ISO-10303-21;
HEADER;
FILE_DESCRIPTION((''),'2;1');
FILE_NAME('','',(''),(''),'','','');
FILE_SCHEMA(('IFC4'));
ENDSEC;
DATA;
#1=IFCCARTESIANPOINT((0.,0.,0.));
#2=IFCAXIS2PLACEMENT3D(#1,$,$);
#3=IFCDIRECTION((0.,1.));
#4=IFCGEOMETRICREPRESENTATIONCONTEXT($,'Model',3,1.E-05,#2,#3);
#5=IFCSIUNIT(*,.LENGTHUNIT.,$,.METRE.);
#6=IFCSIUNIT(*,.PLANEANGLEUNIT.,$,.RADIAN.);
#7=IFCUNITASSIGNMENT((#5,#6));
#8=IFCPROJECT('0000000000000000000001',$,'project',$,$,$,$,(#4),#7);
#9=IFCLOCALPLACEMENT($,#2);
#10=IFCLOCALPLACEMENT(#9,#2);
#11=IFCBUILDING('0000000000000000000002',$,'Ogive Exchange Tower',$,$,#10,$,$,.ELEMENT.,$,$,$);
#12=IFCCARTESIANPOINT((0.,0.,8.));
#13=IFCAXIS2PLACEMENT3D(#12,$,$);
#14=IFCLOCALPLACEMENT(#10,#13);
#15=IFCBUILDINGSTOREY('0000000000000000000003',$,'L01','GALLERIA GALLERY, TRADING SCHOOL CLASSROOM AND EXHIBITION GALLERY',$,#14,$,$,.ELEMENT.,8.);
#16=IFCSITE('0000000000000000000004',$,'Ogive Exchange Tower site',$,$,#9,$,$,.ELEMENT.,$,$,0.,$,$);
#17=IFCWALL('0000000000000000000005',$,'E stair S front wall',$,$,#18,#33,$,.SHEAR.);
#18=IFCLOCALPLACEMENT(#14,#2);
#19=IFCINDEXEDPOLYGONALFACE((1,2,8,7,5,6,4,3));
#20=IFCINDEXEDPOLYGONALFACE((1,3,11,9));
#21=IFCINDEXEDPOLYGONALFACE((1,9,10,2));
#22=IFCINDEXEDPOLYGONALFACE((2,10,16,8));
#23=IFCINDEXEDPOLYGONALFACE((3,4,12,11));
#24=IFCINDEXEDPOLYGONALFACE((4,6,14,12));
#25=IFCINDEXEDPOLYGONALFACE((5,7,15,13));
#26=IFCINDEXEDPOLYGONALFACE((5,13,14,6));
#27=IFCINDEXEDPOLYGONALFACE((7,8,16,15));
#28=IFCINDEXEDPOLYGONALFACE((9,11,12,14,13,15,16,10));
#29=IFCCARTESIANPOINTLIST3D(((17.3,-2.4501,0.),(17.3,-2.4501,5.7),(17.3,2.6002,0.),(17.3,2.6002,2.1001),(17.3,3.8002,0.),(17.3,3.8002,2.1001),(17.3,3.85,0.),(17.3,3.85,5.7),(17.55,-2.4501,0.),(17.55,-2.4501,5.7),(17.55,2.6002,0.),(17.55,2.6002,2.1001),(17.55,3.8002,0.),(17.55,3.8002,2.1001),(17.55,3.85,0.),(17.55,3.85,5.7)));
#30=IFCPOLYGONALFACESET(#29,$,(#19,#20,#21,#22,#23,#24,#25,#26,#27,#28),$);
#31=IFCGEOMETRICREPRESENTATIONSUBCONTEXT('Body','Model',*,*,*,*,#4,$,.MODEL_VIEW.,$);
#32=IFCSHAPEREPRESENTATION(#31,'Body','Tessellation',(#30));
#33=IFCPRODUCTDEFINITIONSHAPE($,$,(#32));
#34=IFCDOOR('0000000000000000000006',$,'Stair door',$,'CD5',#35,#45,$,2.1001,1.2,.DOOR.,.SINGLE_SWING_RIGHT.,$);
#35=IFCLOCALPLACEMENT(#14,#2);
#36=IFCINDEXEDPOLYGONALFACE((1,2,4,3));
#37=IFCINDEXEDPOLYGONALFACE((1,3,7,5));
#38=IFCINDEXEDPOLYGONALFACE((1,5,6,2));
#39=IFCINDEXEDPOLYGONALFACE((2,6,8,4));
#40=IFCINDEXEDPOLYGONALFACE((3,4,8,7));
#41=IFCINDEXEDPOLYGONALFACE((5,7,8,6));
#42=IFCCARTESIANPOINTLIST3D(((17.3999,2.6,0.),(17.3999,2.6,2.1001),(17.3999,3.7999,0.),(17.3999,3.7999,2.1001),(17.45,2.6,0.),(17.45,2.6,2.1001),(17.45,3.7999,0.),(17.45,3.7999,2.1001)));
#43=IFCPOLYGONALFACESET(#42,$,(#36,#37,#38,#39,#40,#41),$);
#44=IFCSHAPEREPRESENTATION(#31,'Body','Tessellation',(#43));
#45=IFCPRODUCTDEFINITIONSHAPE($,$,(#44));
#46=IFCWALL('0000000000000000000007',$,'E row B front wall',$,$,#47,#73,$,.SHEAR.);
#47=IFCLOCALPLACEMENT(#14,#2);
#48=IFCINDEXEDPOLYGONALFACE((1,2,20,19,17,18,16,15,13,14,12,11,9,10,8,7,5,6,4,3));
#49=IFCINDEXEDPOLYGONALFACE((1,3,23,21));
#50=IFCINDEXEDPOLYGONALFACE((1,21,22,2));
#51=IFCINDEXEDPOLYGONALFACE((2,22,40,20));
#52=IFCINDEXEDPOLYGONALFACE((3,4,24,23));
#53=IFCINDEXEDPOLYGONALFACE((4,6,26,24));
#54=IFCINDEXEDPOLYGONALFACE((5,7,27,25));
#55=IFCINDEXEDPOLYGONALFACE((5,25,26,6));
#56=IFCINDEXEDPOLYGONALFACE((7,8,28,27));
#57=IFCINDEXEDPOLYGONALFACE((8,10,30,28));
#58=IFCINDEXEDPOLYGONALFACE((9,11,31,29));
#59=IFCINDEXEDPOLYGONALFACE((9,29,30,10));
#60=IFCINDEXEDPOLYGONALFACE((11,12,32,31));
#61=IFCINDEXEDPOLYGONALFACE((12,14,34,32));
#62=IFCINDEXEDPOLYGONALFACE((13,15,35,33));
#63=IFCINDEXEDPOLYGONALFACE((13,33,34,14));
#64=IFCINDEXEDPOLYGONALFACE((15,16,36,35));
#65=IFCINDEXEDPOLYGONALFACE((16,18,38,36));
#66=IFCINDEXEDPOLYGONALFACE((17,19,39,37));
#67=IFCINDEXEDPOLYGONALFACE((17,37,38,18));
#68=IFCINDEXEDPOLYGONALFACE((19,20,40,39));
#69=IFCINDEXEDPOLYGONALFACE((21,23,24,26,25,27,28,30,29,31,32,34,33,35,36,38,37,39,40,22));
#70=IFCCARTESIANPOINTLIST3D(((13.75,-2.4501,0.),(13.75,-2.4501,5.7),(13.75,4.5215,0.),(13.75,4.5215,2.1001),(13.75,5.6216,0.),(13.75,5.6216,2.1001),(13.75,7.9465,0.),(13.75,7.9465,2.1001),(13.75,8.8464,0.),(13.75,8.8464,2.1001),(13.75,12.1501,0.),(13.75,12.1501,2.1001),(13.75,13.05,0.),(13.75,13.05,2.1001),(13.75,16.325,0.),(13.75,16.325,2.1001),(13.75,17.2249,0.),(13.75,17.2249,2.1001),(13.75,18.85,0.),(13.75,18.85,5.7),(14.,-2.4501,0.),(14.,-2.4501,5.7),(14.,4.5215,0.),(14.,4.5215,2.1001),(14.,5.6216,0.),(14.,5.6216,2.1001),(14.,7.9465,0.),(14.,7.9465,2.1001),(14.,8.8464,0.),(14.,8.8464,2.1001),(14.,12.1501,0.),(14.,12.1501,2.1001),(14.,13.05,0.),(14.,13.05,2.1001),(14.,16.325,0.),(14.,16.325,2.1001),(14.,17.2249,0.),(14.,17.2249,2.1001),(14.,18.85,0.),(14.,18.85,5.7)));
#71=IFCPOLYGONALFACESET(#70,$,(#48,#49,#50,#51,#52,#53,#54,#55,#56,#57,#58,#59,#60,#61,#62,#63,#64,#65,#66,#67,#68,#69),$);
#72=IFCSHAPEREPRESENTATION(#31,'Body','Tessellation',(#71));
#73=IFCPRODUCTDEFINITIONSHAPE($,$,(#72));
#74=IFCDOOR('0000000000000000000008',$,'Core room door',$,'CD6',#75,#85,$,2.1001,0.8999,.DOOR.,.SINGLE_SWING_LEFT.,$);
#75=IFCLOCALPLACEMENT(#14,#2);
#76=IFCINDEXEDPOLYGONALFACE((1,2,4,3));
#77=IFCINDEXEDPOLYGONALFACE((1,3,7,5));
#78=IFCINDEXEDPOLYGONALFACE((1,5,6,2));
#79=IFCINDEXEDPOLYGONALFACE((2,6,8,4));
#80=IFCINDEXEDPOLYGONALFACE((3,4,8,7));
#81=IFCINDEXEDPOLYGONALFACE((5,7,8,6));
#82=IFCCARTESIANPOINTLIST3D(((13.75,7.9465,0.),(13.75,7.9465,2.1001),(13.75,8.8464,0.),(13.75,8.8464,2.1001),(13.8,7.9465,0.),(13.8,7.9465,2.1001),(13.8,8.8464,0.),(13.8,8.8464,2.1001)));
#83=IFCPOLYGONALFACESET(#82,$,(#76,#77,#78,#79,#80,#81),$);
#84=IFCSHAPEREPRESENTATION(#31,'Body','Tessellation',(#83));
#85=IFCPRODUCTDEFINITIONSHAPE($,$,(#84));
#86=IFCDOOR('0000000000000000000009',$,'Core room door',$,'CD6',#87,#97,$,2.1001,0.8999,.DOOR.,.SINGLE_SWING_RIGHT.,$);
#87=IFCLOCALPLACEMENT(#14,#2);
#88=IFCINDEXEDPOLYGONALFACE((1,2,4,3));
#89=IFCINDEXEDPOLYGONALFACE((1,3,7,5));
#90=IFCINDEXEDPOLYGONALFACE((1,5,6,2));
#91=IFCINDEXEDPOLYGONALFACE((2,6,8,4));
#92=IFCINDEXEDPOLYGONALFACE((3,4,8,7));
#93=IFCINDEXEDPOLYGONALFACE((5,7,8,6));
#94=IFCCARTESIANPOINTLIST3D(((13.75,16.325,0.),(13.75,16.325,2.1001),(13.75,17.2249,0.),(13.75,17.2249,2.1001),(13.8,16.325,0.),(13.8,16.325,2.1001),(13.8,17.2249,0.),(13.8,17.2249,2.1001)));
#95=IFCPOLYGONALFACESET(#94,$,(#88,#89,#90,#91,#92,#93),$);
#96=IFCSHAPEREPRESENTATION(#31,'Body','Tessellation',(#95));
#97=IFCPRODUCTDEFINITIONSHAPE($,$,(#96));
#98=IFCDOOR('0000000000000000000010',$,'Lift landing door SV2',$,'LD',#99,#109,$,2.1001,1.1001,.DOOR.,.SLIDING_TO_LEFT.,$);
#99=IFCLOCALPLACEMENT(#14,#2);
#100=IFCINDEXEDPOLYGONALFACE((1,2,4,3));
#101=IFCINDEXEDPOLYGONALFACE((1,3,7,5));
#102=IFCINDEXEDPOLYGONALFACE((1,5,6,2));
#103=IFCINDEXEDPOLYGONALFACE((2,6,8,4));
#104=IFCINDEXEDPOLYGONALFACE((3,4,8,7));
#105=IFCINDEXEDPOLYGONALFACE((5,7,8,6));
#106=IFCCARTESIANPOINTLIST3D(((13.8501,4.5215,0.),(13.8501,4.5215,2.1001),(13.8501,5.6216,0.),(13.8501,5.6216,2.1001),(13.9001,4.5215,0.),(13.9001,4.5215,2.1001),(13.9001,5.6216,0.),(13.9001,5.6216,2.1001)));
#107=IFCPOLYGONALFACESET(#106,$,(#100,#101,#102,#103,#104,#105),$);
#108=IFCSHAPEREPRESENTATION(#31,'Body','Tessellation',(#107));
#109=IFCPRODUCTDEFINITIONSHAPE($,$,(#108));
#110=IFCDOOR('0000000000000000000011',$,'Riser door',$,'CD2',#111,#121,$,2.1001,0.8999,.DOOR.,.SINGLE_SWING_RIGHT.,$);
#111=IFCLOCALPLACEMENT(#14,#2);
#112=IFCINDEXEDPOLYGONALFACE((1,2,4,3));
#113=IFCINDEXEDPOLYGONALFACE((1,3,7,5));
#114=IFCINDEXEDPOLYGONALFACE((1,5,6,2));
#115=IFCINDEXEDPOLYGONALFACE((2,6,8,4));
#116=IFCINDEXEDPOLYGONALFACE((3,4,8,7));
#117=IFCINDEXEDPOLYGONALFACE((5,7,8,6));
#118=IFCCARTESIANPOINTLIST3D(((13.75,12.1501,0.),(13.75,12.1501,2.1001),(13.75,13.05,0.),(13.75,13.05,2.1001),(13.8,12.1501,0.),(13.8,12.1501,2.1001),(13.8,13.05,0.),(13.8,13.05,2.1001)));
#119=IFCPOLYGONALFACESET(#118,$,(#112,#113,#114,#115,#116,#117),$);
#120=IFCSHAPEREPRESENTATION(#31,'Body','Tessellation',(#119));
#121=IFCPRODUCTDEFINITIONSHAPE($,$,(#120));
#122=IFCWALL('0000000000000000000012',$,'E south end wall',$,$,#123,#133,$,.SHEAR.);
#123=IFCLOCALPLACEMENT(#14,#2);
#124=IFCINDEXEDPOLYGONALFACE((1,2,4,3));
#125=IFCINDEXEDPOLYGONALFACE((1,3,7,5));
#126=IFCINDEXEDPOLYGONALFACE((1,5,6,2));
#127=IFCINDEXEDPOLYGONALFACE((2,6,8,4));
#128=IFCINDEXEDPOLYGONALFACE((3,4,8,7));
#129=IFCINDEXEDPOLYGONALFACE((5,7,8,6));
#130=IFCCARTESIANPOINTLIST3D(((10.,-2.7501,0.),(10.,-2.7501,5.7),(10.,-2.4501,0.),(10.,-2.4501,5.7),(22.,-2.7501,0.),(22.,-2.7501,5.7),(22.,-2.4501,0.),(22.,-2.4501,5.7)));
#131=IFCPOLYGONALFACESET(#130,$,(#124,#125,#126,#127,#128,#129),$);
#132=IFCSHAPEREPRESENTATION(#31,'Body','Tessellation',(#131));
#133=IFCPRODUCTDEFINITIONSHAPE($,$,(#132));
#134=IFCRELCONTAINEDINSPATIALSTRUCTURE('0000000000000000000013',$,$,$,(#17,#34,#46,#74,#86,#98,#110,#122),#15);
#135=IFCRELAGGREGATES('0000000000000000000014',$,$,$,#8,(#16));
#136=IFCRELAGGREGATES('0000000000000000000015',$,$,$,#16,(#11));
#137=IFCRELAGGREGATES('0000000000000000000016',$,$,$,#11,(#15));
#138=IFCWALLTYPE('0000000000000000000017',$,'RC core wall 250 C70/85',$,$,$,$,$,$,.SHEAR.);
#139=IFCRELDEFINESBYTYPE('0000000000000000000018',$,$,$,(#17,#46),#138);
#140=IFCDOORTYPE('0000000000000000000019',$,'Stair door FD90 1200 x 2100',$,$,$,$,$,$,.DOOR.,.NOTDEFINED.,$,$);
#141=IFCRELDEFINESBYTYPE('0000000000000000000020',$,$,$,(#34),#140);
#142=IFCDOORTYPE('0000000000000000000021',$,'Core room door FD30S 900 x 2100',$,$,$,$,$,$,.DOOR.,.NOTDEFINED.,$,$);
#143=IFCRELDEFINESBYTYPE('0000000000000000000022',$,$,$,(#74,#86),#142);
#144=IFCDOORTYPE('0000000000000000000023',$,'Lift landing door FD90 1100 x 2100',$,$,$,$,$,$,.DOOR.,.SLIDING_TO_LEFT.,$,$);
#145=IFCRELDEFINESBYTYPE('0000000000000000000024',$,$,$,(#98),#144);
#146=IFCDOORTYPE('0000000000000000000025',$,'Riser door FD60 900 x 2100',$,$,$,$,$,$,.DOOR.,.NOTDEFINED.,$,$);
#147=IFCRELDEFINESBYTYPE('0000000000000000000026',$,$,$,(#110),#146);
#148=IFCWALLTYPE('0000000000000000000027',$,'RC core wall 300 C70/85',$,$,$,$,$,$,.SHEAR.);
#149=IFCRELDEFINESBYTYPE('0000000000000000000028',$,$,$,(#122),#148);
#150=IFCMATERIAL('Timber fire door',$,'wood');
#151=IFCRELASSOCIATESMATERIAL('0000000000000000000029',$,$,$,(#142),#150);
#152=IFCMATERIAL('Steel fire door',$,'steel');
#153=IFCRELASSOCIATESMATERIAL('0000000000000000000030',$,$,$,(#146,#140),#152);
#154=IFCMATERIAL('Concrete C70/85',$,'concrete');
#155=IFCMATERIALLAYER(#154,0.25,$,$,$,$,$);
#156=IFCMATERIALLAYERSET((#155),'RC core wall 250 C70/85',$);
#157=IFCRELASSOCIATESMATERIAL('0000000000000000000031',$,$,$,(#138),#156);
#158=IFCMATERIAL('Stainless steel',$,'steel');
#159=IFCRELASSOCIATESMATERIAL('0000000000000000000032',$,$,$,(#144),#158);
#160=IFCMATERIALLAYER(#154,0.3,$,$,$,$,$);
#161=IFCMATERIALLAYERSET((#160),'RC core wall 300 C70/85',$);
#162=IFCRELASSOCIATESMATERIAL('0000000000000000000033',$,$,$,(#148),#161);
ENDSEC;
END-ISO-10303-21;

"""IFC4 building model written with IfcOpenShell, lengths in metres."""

from ifc_helpers import new_model, si_unit, direction, frame, frame_2d, origin, place, context, subcontext, project, spatial, rectangle, extrude, material, layer, layer_set, type_object, element, fill, save


model = new_model("IFC4")

# Units and contexts
model_context = context("Model", 3, precision=1e-05, world=origin(), true_north=direction((0.0, 1.0)))
body_context = subcontext(model_context, "Body", "Model", "MODEL_VIEW")
ifc_project = project(units=[si_unit("LENGTHUNIT", "METRE"), si_unit("PLANEANGLEUNIT", "RADIAN")], contexts=[model_context])

# Site, building, storey
site_placement = place(None, origin())
site = spatial("IfcSite", under=ifc_project, at=site_placement, Name="Ogive Exchange Tower site", CompositionType="ELEMENT", RefElevation=0.0)
building_placement = place(site_placement, origin())
building = spatial("IfcBuilding", under=site, at=building_placement, Name="Ogive Exchange Tower", CompositionType="ELEMENT")
storey_placement = place(building_placement, frame((0.0, 0.0, 8.0)))
storey = spatial("IfcBuildingStorey", under=building, at=storey_placement, Name="L01", Description="GALLERIA GALLERY, TRADING SCHOOL CLASSROOM AND EXHIBITION GALLERY", CompositionType="ELEMENT", Elevation=8.0)

# Shared definitions
ifc_material_1 = material(Name="Concrete C70/85", Category="concrete")
ifc_material_2 = material(Name="Timber fire door", Category="wood")
door_type_1 = type_object("IfcDoorType", Name="Core room door FD30S 900 x 2100", OperationType="NOTDEFINED", PredefinedType="DOOR", material=ifc_material_2)
ifc_material_3 = material(Name="Steel fire door", Category="steel")
door_type_2 = type_object("IfcDoorType", Name="Riser door FD60 900 x 2100", OperationType="NOTDEFINED", PredefinedType="DOOR", material=ifc_material_3)

# Wall, opening, door
ifc_layer_1 = layer(ifc_material_1, 0.25)
ifc_layer_set_1 = layer_set([ifc_layer_1], Name="RC core wall 250 C70/85")
wall_type_1 = type_object("IfcWallType", Name="RC core wall 250 C70/85", PredefinedType="SHEAR", material=ifc_layer_set_1)
wall_1_placement = place(storey_placement, frame((17.425, -2.45, 0.0), z_axis=(0.0, 0.0, 1.0), x_axis=(0.0, 1.0, 0.0)))
wall_1 = element("IfcWall", 1, at=wall_1_placement, inside=storey, type_object=wall_type_1, Name="E stair S front wall", PredefinedType="SHEAR", context=body_context, shape_type="SweptSolid", body=[
    extrude(rectangle(XDim=6.3, YDim=0.25, at=frame_2d((3.1499, 0.0))), origin(), (0.0, 0.0, 1.0), 5.7),
])
opening_1_placement = place(wall_1_placement, frame((5.05, 0.0, 0.0)))
opening_1 = element("IfcOpeningElement", 2, at=opening_1_placement, cuts=wall_1, PredefinedType="OPENING", context=body_context, shape_type="SweptSolid", body=[
    extrude(rectangle(XDim=1.2, YDim=2.1001, at=frame_2d((0.6001, 1.05))), frame((0.0, 0.135, 0.0), z_axis=(0.0, -1.0, 0.0), x_axis=(1.0, 0.0, 0.0)), (0.0, 0.0, 1.0), 0.27),
])
door_type_3 = type_object("IfcDoorType", Name="Stair door FD90 1200 x 2100", OperationType="NOTDEFINED", PredefinedType="DOOR", material=ifc_material_3)
door_1_placement = place(opening_1_placement, frame((1.2, 0.0, 0.0), z_axis=(0.0, 0.0, 1.0), x_axis=(-1.0, 0.0, 0.0)))
door_1 = element("IfcDoor", 3, at=door_1_placement, inside=storey, type_object=door_type_3, Name="Stair door", ObjectType="CD5", OperationType="SINGLE_SWING_RIGHT", OverallHeight=2.1001, OverallWidth=1.2, PredefinedType="DOOR", context=body_context, shape_type="SweptSolid", body=[
    extrude(rectangle(XDim=1.2, YDim=2.1001, at=frame_2d((0.6001, 1.05))), frame((0.0, 0.0249, 0.0), z_axis=(0.0, -1.0, 0.0), x_axis=(1.0, 0.0, 0.0)), (0.0, 0.0, 1.0), 0.05),
])
fill(opening_1, door_1)

# Wall, openings, doors
wall_2_placement = place(storey_placement, frame((13.875, -2.45, 0.0), z_axis=(0.0, 0.0, 1.0), x_axis=(0.0, 1.0, 0.0)))
wall_2 = element("IfcWall", 4, at=wall_2_placement, inside=storey, type_object=wall_type_1, Name="E row B front wall", PredefinedType="SHEAR", context=body_context, shape_type="SweptSolid", body=[
    extrude(rectangle(XDim=21.3, YDim=0.25, at=frame_2d((10.6499, 0.0))), origin(), (0.0, 0.0, 1.0), 5.7),
])
opening_2_placement = place(wall_2_placement, frame((10.3965, 0.0, 0.0)))
opening_2 = element("IfcOpeningElement", 5, at=opening_2_placement, cuts=wall_2, PredefinedType="OPENING", context=body_context, shape_type="SweptSolid", body=[
    extrude(rectangle(XDim=0.8999, YDim=2.1001, at=frame_2d((0.45, 1.05))), frame((0.0, 0.135, 0.0), z_axis=(0.0, -1.0, 0.0), x_axis=(1.0, 0.0, 0.0)), (0.0, 0.0, 1.0), 0.27),
])
opening_3_placement = place(wall_2_placement, frame((14.6001, 0.0, 0.0)))
opening_3 = element("IfcOpeningElement", 6, at=opening_3_placement, cuts=wall_2, PredefinedType="OPENING", context=body_context, shape_type="SweptSolid", body=[
    extrude(rectangle(XDim=0.8999, YDim=2.1001, at=frame_2d((0.45, 1.05))), frame((0.0, 0.135, 0.0), z_axis=(0.0, -1.0, 0.0), x_axis=(1.0, 0.0, 0.0)), (0.0, 0.0, 1.0), 0.27),
])
opening_4_placement = place(wall_2_placement, frame((18.7749, 0.0, 0.0)))
opening_4 = element("IfcOpeningElement", 7, at=opening_4_placement, cuts=wall_2, PredefinedType="OPENING", context=body_context, shape_type="SweptSolid", body=[
    extrude(rectangle(XDim=0.8999, YDim=2.1001, at=frame_2d((0.45, 1.05))), frame((0.0, 0.135, 0.0), z_axis=(0.0, -1.0, 0.0), x_axis=(1.0, 0.0, 0.0)), (0.0, 0.0, 1.0), 0.27),
])
opening_5_placement = place(wall_2_placement, frame((6.9714, 0.0, 0.0)))
opening_5 = element("IfcOpeningElement", 8, at=opening_5_placement, cuts=wall_2, PredefinedType="OPENING", context=body_context, shape_type="SweptSolid", body=[
    extrude(rectangle(XDim=1.1001, YDim=2.1001, at=frame_2d((0.55, 1.05))), frame((0.0, 0.135, 0.0), z_axis=(0.0, -1.0, 0.0), x_axis=(1.0, 0.0, 0.0)), (0.0, 0.0, 1.0), 0.27),
])
door_2_placement = place(opening_2_placement, origin())
door_2 = element("IfcDoor", 9, at=door_2_placement, inside=storey, type_object=door_type_1, Name="Core room door", ObjectType="CD6", OperationType="SINGLE_SWING_LEFT", OverallHeight=2.1001, OverallWidth=0.8999, PredefinedType="DOOR", context=body_context, shape_type="SweptSolid", body=[
    extrude(rectangle(XDim=0.8999, YDim=2.1001, at=frame_2d((0.45, 1.05))), frame((0.0, 0.125, 0.0), z_axis=(0.0, -1.0, 0.0), x_axis=(1.0, 0.0, 0.0)), (0.0, 0.0, 1.0), 0.05),
])
fill(opening_2, door_2)
door_3_placement = place(opening_4_placement, origin())
door_3 = element("IfcDoor", 10, at=door_3_placement, inside=storey, type_object=door_type_1, Name="Core room door", ObjectType="CD6", OperationType="SINGLE_SWING_RIGHT", OverallHeight=2.1001, OverallWidth=0.8999, PredefinedType="DOOR", context=body_context, shape_type="SweptSolid", body=[
    extrude(rectangle(XDim=0.8999, YDim=2.1001, at=frame_2d((0.45, 1.05))), frame((0.0, 0.125, 0.0), z_axis=(0.0, -1.0, 0.0), x_axis=(1.0, 0.0, 0.0)), (0.0, 0.0, 1.0), 0.05),
])
fill(opening_4, door_3)
ifc_material_4 = material(Name="Stainless steel", Category="steel")
door_type_4 = type_object("IfcDoorType", Name="Lift landing door FD90 1100 x 2100", OperationType="SLIDING_TO_LEFT", PredefinedType="DOOR", material=ifc_material_4)
door_4_placement = place(opening_5_placement, origin())
door_4 = element("IfcDoor", 11, at=door_4_placement, inside=storey, type_object=door_type_4, Name="Lift landing door SV2", ObjectType="LD", OperationType="SLIDING_TO_LEFT", OverallHeight=2.1001, OverallWidth=1.1001, PredefinedType="DOOR", context=body_context, shape_type="SweptSolid", body=[
    extrude(rectangle(XDim=1.1001, YDim=2.1001, at=frame_2d((0.55, 1.05))), frame((0.0, 0.0249, 0.0), z_axis=(0.0, -1.0, 0.0), x_axis=(1.0, 0.0, 0.0)), (0.0, 0.0, 1.0), 0.05),
])
fill(opening_5, door_4)
door_5_placement = place(opening_3_placement, origin())
door_5 = element("IfcDoor", 12, at=door_5_placement, inside=storey, type_object=door_type_2, Name="Riser door", ObjectType="CD2", OperationType="SINGLE_SWING_RIGHT", OverallHeight=2.1001, OverallWidth=0.8999, PredefinedType="DOOR", context=body_context, shape_type="SweptSolid", body=[
    extrude(rectangle(XDim=0.8999, YDim=2.1001, at=frame_2d((0.45, 1.05))), frame((0.0, 0.125, 0.0), z_axis=(0.0, -1.0, 0.0), x_axis=(1.0, 0.0, 0.0)), (0.0, 0.0, 1.0), 0.05),
])
fill(opening_3, door_5)

# Wall
ifc_layer_2 = layer(ifc_material_1, 0.3)
ifc_layer_set_2 = layer_set([ifc_layer_2], Name="RC core wall 300 C70/85")
wall_type_2 = type_object("IfcWallType", Name="RC core wall 300 C70/85", PredefinedType="SHEAR", material=ifc_layer_set_2)
wall_3_placement = place(storey_placement, frame((10.0, -2.6001, 0.0), z_axis=(0.0, 0.0, 1.0), x_axis=(1.0, 0.0, 0.0)))
element("IfcWall", 13, at=wall_3_placement, inside=storey, type_object=wall_type_2, Name="E south end wall", PredefinedType="SHEAR", context=body_context, shape_type="SweptSolid", body=[
    extrude(rectangle(XDim=12.0, YDim=0.3, at=frame_2d((6.0, 0.0))), origin(), (0.0, 0.0, 1.0), 5.7),
])

save(model, "model.ifc")
